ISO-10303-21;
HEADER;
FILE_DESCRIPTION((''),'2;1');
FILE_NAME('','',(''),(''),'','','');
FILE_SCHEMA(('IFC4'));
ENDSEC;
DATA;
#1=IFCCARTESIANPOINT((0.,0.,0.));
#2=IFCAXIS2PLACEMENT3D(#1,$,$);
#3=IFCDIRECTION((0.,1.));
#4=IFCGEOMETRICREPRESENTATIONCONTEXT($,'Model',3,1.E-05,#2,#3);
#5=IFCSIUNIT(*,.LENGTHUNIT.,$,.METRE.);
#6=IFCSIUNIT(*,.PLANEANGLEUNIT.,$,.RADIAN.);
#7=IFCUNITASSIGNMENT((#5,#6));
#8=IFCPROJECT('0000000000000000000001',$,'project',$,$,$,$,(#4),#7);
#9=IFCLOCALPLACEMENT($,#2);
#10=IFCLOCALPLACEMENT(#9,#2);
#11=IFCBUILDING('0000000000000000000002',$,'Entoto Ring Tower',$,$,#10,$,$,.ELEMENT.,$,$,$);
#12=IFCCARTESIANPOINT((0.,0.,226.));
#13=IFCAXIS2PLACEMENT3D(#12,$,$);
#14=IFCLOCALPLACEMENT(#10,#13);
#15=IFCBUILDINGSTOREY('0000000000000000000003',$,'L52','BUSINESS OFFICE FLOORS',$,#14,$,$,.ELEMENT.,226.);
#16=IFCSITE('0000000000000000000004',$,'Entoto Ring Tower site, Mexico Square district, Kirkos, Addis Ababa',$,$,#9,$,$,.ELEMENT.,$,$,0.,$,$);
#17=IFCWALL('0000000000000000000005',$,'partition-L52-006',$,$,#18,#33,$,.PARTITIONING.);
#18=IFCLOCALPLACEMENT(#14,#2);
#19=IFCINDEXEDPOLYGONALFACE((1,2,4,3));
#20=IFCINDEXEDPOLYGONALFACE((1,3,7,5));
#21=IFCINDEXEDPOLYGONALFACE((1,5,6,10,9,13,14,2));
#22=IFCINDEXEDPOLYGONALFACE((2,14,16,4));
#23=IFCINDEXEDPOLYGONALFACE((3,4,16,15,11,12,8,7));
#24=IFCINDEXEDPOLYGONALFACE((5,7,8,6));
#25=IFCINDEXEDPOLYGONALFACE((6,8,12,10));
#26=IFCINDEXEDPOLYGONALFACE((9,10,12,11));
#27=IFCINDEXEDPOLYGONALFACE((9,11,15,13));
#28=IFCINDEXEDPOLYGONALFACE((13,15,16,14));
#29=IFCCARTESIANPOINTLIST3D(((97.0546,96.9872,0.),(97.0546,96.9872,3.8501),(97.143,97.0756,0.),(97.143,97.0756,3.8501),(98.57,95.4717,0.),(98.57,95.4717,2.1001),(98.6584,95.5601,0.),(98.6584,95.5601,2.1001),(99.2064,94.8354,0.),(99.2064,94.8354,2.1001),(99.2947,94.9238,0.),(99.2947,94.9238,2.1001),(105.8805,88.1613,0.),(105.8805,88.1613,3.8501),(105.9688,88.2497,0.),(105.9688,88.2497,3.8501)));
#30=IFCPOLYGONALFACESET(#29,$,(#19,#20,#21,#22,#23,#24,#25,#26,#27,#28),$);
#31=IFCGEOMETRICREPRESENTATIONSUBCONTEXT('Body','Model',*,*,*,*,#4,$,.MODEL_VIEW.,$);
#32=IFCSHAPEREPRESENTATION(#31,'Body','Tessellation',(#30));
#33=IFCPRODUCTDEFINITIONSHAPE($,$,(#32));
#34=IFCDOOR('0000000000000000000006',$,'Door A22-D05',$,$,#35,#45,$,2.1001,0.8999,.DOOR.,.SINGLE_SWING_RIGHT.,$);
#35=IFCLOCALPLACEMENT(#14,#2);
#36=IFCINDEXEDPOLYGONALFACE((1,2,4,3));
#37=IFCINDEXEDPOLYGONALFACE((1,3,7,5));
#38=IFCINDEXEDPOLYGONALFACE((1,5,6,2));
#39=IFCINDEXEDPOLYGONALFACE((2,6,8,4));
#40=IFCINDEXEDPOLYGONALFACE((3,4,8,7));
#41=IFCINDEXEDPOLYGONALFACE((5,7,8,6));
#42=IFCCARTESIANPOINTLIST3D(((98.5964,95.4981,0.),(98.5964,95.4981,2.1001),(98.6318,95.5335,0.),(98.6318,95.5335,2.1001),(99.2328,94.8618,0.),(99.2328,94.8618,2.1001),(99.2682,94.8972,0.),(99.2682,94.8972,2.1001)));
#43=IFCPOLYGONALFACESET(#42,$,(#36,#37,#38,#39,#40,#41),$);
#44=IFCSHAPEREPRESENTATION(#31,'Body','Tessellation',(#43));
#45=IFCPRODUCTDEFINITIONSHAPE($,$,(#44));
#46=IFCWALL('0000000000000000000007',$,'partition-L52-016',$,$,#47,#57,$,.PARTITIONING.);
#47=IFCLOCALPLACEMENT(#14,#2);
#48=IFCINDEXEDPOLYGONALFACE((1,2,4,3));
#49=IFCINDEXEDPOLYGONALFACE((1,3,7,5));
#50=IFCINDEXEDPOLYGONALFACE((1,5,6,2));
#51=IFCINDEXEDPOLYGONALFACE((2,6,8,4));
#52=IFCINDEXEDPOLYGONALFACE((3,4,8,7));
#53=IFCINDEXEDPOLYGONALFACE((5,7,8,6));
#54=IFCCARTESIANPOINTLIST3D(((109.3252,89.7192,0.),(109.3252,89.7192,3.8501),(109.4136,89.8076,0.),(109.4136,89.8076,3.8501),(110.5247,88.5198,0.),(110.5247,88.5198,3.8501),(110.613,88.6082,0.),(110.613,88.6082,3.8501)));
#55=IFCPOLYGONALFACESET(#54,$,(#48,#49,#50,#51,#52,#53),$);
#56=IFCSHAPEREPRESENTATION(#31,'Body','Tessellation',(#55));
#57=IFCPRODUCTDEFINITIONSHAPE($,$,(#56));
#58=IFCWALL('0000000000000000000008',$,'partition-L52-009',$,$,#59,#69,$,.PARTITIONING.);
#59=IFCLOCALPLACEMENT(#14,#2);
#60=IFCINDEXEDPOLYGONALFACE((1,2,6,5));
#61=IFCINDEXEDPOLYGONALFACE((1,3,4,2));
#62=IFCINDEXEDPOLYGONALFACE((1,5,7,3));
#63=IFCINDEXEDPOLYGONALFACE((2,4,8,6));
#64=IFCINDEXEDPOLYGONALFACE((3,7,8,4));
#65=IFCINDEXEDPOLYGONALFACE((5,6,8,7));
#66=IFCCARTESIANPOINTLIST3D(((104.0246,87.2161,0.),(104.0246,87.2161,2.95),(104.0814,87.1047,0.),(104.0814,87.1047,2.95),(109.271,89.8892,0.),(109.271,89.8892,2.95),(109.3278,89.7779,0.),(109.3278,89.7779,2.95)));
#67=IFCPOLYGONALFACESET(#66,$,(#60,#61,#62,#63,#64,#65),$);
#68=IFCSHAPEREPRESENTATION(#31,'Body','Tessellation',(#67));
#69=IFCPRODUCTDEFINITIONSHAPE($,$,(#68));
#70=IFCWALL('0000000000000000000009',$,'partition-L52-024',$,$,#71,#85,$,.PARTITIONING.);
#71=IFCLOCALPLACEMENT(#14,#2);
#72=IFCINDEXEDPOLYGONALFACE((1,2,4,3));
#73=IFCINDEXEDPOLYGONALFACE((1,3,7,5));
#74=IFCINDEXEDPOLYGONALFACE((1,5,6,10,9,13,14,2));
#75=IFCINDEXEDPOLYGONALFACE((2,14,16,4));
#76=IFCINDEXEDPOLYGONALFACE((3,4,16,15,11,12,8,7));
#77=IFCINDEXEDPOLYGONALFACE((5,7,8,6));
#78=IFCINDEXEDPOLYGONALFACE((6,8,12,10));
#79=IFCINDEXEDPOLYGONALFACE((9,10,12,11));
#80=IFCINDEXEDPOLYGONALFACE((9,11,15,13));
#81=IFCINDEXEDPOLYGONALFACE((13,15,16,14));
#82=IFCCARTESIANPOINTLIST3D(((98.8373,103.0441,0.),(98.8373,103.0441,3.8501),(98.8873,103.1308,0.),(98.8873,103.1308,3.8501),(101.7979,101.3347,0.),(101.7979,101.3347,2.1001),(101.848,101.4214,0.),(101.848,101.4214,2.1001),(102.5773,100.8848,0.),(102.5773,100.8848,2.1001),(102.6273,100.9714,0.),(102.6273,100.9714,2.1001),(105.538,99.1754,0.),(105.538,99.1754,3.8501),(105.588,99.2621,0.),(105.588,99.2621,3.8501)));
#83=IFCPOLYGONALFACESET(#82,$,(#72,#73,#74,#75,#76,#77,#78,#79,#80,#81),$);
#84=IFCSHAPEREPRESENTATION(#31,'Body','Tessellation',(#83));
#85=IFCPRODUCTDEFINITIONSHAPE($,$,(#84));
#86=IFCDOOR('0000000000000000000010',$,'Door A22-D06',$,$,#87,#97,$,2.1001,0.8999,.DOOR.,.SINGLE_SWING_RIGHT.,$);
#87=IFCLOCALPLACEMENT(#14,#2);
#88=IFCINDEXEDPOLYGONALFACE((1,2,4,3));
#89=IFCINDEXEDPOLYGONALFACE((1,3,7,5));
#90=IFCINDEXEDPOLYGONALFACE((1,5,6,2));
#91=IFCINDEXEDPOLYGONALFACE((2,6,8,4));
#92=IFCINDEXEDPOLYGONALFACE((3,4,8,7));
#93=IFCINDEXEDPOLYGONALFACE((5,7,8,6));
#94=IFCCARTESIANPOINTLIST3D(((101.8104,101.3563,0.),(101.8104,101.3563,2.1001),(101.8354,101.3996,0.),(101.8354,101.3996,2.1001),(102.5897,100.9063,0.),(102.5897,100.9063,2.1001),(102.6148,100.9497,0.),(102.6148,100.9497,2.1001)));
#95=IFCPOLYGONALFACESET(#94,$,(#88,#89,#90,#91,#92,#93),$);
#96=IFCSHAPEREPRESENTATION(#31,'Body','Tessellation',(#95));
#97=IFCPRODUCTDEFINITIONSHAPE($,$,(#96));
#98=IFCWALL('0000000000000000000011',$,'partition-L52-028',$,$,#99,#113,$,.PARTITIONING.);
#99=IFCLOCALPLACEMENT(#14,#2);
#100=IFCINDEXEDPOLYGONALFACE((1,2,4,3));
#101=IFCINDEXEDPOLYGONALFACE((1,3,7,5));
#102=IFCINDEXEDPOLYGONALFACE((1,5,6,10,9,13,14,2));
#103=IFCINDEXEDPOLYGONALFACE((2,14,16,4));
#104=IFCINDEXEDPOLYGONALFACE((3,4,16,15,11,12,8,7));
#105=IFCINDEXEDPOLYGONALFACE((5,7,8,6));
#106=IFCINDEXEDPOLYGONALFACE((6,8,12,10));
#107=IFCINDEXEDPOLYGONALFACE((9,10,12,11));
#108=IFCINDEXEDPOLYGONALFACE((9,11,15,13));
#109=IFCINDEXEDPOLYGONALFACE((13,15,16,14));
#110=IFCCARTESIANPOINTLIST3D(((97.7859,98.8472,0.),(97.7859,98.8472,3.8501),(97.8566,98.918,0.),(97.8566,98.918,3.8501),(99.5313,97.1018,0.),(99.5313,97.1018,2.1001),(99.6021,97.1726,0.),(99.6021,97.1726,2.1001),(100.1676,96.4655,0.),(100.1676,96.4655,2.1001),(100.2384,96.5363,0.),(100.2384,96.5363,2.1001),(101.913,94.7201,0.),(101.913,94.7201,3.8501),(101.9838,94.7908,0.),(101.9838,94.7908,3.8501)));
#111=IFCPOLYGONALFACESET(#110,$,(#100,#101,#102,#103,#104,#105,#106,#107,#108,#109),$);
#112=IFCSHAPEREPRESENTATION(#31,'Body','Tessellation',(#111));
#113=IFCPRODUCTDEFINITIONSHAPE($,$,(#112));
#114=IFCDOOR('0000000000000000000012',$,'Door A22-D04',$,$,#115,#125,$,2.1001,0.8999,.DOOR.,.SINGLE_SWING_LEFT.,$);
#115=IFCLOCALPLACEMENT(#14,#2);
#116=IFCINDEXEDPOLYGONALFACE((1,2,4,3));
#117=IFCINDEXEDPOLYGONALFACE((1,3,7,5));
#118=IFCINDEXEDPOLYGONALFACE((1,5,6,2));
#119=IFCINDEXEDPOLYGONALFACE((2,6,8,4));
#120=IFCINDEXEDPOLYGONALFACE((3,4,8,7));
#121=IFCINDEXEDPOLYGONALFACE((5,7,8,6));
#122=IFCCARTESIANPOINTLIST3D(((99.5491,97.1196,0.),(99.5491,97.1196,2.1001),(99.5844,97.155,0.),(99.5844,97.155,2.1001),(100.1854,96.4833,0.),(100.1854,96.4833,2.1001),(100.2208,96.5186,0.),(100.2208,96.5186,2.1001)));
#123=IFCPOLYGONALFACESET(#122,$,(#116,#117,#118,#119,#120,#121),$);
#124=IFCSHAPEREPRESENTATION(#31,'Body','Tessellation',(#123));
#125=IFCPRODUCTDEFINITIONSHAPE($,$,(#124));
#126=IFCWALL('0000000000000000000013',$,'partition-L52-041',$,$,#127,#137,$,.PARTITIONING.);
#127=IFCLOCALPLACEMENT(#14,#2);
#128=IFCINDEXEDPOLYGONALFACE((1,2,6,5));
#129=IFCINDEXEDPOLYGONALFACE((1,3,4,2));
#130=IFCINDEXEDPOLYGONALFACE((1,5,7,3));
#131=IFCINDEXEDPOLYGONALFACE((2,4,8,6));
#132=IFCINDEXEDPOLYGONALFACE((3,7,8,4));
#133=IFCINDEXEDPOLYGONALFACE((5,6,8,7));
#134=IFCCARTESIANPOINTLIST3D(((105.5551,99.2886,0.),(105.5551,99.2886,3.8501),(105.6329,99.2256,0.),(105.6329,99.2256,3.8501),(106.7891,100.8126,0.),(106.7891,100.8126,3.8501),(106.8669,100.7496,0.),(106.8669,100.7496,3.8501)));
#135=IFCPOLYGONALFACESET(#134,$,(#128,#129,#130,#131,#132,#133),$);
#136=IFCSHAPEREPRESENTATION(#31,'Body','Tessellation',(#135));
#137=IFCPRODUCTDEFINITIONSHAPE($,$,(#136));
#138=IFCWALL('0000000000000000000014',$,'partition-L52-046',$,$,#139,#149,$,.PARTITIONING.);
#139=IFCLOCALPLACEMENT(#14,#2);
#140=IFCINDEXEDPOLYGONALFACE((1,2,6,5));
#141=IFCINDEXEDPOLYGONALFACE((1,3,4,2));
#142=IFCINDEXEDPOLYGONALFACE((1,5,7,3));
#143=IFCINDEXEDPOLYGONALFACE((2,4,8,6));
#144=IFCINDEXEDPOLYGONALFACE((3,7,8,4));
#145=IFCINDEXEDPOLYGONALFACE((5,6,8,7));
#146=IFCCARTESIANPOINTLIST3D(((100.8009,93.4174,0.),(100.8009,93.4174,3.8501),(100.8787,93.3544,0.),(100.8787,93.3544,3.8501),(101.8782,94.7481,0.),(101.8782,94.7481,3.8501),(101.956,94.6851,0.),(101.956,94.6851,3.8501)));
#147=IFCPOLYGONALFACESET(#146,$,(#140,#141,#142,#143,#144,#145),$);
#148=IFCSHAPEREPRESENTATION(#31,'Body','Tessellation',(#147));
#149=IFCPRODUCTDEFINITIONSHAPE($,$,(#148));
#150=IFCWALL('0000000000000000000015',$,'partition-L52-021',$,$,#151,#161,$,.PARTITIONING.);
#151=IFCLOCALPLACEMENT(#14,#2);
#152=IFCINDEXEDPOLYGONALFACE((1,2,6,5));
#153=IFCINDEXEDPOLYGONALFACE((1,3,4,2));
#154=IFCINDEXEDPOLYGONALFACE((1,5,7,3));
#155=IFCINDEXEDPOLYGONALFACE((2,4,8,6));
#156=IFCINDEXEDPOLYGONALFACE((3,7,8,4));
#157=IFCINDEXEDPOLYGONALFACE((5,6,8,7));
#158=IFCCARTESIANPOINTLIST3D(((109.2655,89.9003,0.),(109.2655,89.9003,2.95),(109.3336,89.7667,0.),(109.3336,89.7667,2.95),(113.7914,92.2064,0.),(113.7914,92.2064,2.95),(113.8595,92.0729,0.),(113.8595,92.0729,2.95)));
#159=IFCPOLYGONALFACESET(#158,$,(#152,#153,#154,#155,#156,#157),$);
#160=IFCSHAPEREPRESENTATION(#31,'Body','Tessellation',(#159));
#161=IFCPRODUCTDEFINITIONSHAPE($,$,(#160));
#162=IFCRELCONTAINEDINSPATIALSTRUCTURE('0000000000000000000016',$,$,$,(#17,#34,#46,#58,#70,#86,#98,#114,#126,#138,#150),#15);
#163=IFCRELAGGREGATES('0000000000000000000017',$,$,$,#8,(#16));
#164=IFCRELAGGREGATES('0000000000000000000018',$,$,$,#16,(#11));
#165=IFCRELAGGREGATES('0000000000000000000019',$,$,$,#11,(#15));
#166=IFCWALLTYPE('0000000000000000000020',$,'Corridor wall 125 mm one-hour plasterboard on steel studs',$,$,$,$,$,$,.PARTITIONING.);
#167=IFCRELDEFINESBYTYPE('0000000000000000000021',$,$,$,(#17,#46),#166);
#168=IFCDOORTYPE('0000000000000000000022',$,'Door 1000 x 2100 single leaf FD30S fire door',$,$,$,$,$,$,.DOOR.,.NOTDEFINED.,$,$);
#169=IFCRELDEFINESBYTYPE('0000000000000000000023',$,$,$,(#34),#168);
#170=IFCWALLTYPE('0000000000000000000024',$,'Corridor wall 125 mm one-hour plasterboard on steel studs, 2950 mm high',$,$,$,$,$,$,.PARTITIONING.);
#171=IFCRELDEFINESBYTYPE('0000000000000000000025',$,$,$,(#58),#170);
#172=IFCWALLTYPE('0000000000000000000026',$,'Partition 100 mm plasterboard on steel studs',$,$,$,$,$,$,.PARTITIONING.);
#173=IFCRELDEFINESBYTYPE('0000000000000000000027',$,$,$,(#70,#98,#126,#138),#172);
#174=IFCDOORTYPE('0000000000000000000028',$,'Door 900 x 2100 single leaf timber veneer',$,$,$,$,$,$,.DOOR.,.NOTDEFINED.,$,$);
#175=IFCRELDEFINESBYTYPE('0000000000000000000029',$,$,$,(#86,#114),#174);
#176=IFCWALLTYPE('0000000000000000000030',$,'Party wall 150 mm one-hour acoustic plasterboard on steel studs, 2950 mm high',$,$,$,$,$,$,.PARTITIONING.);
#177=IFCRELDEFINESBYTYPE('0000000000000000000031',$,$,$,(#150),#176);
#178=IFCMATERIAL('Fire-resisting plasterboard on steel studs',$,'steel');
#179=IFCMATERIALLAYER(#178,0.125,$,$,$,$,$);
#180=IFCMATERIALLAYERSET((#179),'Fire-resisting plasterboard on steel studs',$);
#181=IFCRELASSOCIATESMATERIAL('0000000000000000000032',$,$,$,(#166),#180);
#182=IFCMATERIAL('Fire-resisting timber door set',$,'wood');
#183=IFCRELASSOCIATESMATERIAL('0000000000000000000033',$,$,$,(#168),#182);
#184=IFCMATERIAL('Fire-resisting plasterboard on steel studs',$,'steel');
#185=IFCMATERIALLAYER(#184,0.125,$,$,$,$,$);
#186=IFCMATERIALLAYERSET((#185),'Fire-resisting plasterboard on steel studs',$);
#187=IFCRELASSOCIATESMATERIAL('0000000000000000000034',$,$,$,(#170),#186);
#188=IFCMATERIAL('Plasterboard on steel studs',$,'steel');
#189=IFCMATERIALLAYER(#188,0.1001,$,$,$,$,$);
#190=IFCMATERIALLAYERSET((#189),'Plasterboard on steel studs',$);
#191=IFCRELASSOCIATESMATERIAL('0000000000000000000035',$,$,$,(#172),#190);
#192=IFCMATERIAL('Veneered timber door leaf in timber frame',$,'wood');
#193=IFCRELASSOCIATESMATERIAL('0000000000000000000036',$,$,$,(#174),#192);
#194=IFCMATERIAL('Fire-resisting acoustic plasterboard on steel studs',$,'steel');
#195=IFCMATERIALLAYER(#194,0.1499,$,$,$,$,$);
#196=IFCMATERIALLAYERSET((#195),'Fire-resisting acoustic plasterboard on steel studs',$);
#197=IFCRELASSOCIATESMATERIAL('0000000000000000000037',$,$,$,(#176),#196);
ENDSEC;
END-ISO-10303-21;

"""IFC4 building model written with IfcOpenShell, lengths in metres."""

from ifc_helpers import new_model, si_unit, direction, frame, frame_2d, origin, place, context, subcontext, project, spatial, rectangle, extrude, material, layer, layer_set, type_object, element, fill, save


model = new_model("IFC4")

# Units and contexts
model_context = context("Model", 3, precision=1e-05, world=origin(), true_north=direction((0.0, 1.0)))
body_context = subcontext(model_context, "Body", "Model", "MODEL_VIEW")
ifc_project = project(units=[si_unit("LENGTHUNIT", "METRE"), si_unit("PLANEANGLEUNIT", "RADIAN")], contexts=[model_context])

# Site, building, storey
site_placement = place(None, origin())
site = spatial("IfcSite", under=ifc_project, at=site_placement, Name="Entoto Ring Tower site, Mexico Square district, Kirkos, Addis Ababa", CompositionType="ELEMENT", RefElevation=0.0)
building_placement = place(site_placement, origin())
building = spatial("IfcBuilding", under=site, at=building_placement, Name="Entoto Ring Tower", CompositionType="ELEMENT")
storey_placement = place(building_placement, frame((0.0, 0.0, 226.0)))
storey = spatial("IfcBuildingStorey", under=building, at=storey_placement, Name="L52", Description="BUSINESS OFFICE FLOORS", CompositionType="ELEMENT", Elevation=226.0)

# Wall, opening, door
ifc_material_1 = material(Name="Fire-resisting plasterboard on steel studs", Category="steel")
ifc_layer_1 = layer(ifc_material_1, 0.125)
ifc_layer_set_1 = layer_set([ifc_layer_1], Name="Fire-resisting plasterboard on steel studs")
wall_type_1 = type_object("IfcWallType", Name="Corridor wall 125 mm one-hour plasterboard on steel studs", PredefinedType="PARTITIONING", material=ifc_layer_set_1)
wall_1_placement = place(storey_placement, frame((105.9246, 88.2056, 0.0), z_axis=(0.0, 0.0, 1.0), x_axis=(-0.707107, 0.707107, 0.0)))
wall_1 = element("IfcWall", 1, at=wall_1_placement, inside=storey, type_object=wall_type_1, Name="partition-L52-006", PredefinedType="PARTITIONING", context=body_context, shape_type="SweptSolid", body=[
    extrude(rectangle(XDim=12.4817, YDim=0.125, at=frame_2d((6.2407, 0.0))), origin(), (0.0, 0.0, 1.0), 3.8501),
])
opening_1_placement = place(wall_1_placement, frame((9.4385, 0.0, 0.0)))
opening_1 = element("IfcOpeningElement", 2, at=opening_1_placement, cuts=wall_1, PredefinedType="OPENING", context=body_context, shape_type="SweptSolid", body=[
    extrude(rectangle(XDim=0.8999, YDim=2.1001, at=frame_2d((0.45, 1.05))), frame((0.0, 0.0725, 0.0), z_axis=(0.0, -1.0, 0.0), x_axis=(1.0, 0.0, 0.0)), (0.0, 0.0, 1.0), 0.145),
])
ifc_material_2 = material(Name="Fire-resisting timber door set", Category="wood")
door_type_1 = type_object("IfcDoorType", Name="Door 1000 x 2100 single leaf FD30S fire door", OperationType="NOTDEFINED", PredefinedType="DOOR", material=ifc_material_2)
door_1_placement = place(opening_1_placement, frame((0.8999, 0.0, 0.0), z_axis=(0.0, 0.0, 1.0), x_axis=(-1.0, 0.0, 0.0)))
door_1 = element("IfcDoor", 3, at=door_1_placement, inside=storey, type_object=door_type_1, Name="Door A22-D05", OperationType="SINGLE_SWING_RIGHT", OverallHeight=2.1001, OverallWidth=0.8999, PredefinedType="DOOR", context=body_context, shape_type="SweptSolid", body=[
    extrude(rectangle(XDim=0.8999, YDim=2.1001, at=frame_2d((0.45, 1.05))), frame((0.0, 0.0249, 0.0), z_axis=(0.0, -1.0, 0.0), x_axis=(1.0, 0.0, 0.0)), (0.0, 0.0, 1.0), 0.05),
])
fill(opening_1, door_1)

# Walls
wall_2_placement = place(storey_placement, frame((110.5688, 88.564, 0.0), z_axis=(0.0, 0.0, 1.0), x_axis=(-0.707107, 0.707107, 0.0)))
element("IfcWall", 4, at=wall_2_placement, inside=storey, type_object=wall_type_1, Name="partition-L52-016", PredefinedType="PARTITIONING", context=body_context, shape_type="SweptSolid", body=[
    extrude(rectangle(XDim=1.6963, YDim=0.125, at=frame_2d((0.8481, 0.0))), origin(), (0.0, 0.0, 1.0), 3.8501),
])
ifc_material_3 = material(Name="Fire-resisting plasterboard on steel studs", Category="steel")
ifc_layer_2 = layer(ifc_material_3, 0.125)
ifc_layer_set_2 = layer_set([ifc_layer_2], Name="Fire-resisting plasterboard on steel studs")
wall_type_2 = type_object("IfcWallType", Name="Corridor wall 125 mm one-hour plasterboard on steel studs, 2950 mm high", PredefinedType="PARTITIONING", material=ifc_layer_set_2)
wall_3_placement = place(storey_placement, frame((104.053, 87.1604, 0.0), z_axis=(0.0, 0.0, 1.0), x_axis=(0.89101, 0.453984, 0.0)))
element("IfcWall", 5, at=wall_3_placement, inside=storey, type_object=wall_type_2, Name="partition-L52-009", PredefinedType="PARTITIONING", context=body_context, shape_type="SweptSolid", body=[
    extrude(rectangle(XDim=5.8882, YDim=0.125, at=frame_2d((2.9441, 0.0))), origin(), (0.0, 0.0, 1.0), 2.95),
])

# Walls, openings, doors
ifc_material_4 = material(Name="Plasterboard on steel studs", Category="steel")
ifc_layer_3 = layer(ifc_material_4, 0.1001)
ifc_layer_set_3 = layer_set([ifc_layer_3], Name="Plasterboard on steel studs")
wall_type_3 = type_object("IfcWallType", Name="Partition 100 mm plasterboard on steel studs", PredefinedType="PARTITIONING", material=ifc_layer_set_3)
wall_4_placement = place(storey_placement, frame((105.563, 99.2188, 0.0), z_axis=(0.0, 0.0, 1.0), x_axis=(-0.866025, 0.500001, 0.0)))
wall_4 = element("IfcWall", 6, at=wall_4_placement, inside=storey, type_object=wall_type_3, Name="partition-L52-024", PredefinedType="PARTITIONING", context=body_context, shape_type="SweptSolid", body=[
    extrude(rectangle(XDim=7.7373, YDim=0.1001, at=frame_2d((3.8687, 0.0))), origin(), (0.0, 0.0, 1.0), 3.8501),
])
opening_2_placement = place(wall_4_placement, frame((3.4187, 0.0, 0.0)))
opening_2 = element("IfcOpeningElement", 7, at=opening_2_placement, cuts=wall_4, PredefinedType="OPENING", context=body_context, shape_type="SweptSolid", body=[
    extrude(rectangle(XDim=0.8999, YDim=2.1001, at=frame_2d((0.45, 1.05))), frame((0.0, 0.0601, 0.0), z_axis=(0.0, -1.0, 0.0), x_axis=(1.0, 0.0, 0.0)), (0.0, 0.0, 1.0), 0.1201),
])
ifc_material_5 = material(Name="Veneered timber door leaf in timber frame", Category="wood")
door_type_2 = type_object("IfcDoorType", Name="Door 900 x 2100 single leaf timber veneer", OperationType="NOTDEFINED", PredefinedType="DOOR", material=ifc_material_5)
door_2_placement = place(opening_2_placement, frame((0.8999, 0.0, 0.0), z_axis=(0.0, 0.0, 1.0), x_axis=(-1.0, 0.0, 0.0)))
door_2 = element("IfcDoor", 8, at=door_2_placement, inside=storey, type_object=door_type_2, Name="Door A22-D06", OperationType="SINGLE_SWING_RIGHT", OverallHeight=2.1001, OverallWidth=0.8999, PredefinedType="DOOR", context=body_context, shape_type="SweptSolid", body=[
    extrude(rectangle(XDim=0.8999, YDim=2.1001, at=frame_2d((0.45, 1.05))), frame((0.0, 0.0249, 0.0), z_axis=(0.0, -1.0, 0.0), x_axis=(1.0, 0.0, 0.0)), (0.0, 0.0, 1.0), 0.05),
])
fill(opening_2, door_2)
wall_5_placement = place(storey_placement, frame((101.9485, 94.7554, 0.0), z_axis=(0.0, 0.0, 1.0), x_axis=(-0.707107, 0.707107, 0.0)))
wall_5 = element("IfcWall", 9, at=wall_5_placement, inside=storey, type_object=wall_type_3, Name="partition-L52-028", PredefinedType="PARTITIONING", context=body_context, shape_type="SweptSolid", body=[
    extrude(rectangle(XDim=5.8367, YDim=0.1001, at=frame_2d((2.9185, 0.0))), origin(), (0.0, 0.0, 1.0), 3.8501),
])
opening_3_placement = place(wall_5_placement, frame((2.4685, 0.0, 0.0)))
opening_3 = element("IfcOpeningElement", 10, at=opening_3_placement, cuts=wall_5, PredefinedType="OPENING", context=body_context, shape_type="SweptSolid", body=[
    extrude(rectangle(XDim=0.8999, YDim=2.1001, at=frame_2d((0.45, 1.05))), frame((0.0, 0.0601, 0.0), z_axis=(0.0, -1.0, 0.0), x_axis=(1.0, 0.0, 0.0)), (0.0, 0.0, 1.0), 0.1201),
])
door_3_placement = place(opening_3_placement, origin())
door_3 = element("IfcDoor", 11, at=door_3_placement, inside=storey, type_object=door_type_2, Name="Door A22-D04", OperationType="SINGLE_SWING_LEFT", OverallHeight=2.1001, OverallWidth=0.8999, PredefinedType="DOOR", context=body_context, shape_type="SweptSolid", body=[
    extrude(rectangle(XDim=0.8999, YDim=2.1001, at=frame_2d((0.45, 1.05))), frame((0.0, 0.0249, 0.0), z_axis=(0.0, -1.0, 0.0), x_axis=(1.0, 0.0, 0.0)), (0.0, 0.0, 1.0), 0.05),
])
fill(opening_3, door_3)

# Walls
wall_6_placement = place(storey_placement, frame((105.594, 99.2571, 0.0), z_axis=(0.0, 0.0, 1.0), x_axis=(0.62927, 0.777187, 0.0)))
element("IfcWall", 12, at=wall_6_placement, inside=storey, type_object=wall_type_3, Name="partition-L52-041", PredefinedType="PARTITIONING", context=body_context, shape_type="SweptSolid", body=[
    extrude(rectangle(XDim=1.9609, YDim=0.1001, at=frame_2d((0.9805, 0.0))), origin(), (0.0, 0.0, 1.0), 3.8501),
])
wall_7_placement = place(storey_placement, frame((100.8398, 93.386, 0.0), z_axis=(0.0, 0.0, 1.0), x_axis=(0.629223, 0.777225, 0.0)))
element("IfcWall", 13, at=wall_7_placement, inside=storey, type_object=wall_type_3, Name="partition-L52-046", PredefinedType="PARTITIONING", context=body_context, shape_type="SweptSolid", body=[
    extrude(rectangle(XDim=1.7122, YDim=0.1001, at=frame_2d((0.856, 0.0))), origin(), (0.0, 0.0, 1.0), 3.8501),
])
ifc_material_6 = material(Name="Fire-resisting acoustic plasterboard on steel studs", Category="steel")
ifc_layer_4 = layer(ifc_material_6, 0.1499)
ifc_layer_set_4 = layer_set([ifc_layer_4], Name="Fire-resisting acoustic plasterboard on steel studs")
wall_type_4 = type_object("IfcWallType", Name="Party wall 150 mm one-hour acoustic plasterboard on steel studs, 2950 mm high", PredefinedType="PARTITIONING", material=ifc_layer_set_4)
wall_8_placement = place(storey_placement, frame((109.2996, 89.8335, 0.0), z_axis=(0.0, 0.0, 1.0), x_axis=(0.890998, 0.454006, 0.0)))
element("IfcWall", 14, at=wall_8_placement, inside=storey, type_object=wall_type_4, Name="partition-L52-021", PredefinedType="PARTITIONING", context=body_context, shape_type="SweptSolid", body=[
    extrude(rectangle(XDim=5.0796, YDim=0.1499, at=frame_2d((2.5398, 0.0))), origin(), (0.0, 0.0, 1.0), 2.95),
])

save(model, "model.ifc")
